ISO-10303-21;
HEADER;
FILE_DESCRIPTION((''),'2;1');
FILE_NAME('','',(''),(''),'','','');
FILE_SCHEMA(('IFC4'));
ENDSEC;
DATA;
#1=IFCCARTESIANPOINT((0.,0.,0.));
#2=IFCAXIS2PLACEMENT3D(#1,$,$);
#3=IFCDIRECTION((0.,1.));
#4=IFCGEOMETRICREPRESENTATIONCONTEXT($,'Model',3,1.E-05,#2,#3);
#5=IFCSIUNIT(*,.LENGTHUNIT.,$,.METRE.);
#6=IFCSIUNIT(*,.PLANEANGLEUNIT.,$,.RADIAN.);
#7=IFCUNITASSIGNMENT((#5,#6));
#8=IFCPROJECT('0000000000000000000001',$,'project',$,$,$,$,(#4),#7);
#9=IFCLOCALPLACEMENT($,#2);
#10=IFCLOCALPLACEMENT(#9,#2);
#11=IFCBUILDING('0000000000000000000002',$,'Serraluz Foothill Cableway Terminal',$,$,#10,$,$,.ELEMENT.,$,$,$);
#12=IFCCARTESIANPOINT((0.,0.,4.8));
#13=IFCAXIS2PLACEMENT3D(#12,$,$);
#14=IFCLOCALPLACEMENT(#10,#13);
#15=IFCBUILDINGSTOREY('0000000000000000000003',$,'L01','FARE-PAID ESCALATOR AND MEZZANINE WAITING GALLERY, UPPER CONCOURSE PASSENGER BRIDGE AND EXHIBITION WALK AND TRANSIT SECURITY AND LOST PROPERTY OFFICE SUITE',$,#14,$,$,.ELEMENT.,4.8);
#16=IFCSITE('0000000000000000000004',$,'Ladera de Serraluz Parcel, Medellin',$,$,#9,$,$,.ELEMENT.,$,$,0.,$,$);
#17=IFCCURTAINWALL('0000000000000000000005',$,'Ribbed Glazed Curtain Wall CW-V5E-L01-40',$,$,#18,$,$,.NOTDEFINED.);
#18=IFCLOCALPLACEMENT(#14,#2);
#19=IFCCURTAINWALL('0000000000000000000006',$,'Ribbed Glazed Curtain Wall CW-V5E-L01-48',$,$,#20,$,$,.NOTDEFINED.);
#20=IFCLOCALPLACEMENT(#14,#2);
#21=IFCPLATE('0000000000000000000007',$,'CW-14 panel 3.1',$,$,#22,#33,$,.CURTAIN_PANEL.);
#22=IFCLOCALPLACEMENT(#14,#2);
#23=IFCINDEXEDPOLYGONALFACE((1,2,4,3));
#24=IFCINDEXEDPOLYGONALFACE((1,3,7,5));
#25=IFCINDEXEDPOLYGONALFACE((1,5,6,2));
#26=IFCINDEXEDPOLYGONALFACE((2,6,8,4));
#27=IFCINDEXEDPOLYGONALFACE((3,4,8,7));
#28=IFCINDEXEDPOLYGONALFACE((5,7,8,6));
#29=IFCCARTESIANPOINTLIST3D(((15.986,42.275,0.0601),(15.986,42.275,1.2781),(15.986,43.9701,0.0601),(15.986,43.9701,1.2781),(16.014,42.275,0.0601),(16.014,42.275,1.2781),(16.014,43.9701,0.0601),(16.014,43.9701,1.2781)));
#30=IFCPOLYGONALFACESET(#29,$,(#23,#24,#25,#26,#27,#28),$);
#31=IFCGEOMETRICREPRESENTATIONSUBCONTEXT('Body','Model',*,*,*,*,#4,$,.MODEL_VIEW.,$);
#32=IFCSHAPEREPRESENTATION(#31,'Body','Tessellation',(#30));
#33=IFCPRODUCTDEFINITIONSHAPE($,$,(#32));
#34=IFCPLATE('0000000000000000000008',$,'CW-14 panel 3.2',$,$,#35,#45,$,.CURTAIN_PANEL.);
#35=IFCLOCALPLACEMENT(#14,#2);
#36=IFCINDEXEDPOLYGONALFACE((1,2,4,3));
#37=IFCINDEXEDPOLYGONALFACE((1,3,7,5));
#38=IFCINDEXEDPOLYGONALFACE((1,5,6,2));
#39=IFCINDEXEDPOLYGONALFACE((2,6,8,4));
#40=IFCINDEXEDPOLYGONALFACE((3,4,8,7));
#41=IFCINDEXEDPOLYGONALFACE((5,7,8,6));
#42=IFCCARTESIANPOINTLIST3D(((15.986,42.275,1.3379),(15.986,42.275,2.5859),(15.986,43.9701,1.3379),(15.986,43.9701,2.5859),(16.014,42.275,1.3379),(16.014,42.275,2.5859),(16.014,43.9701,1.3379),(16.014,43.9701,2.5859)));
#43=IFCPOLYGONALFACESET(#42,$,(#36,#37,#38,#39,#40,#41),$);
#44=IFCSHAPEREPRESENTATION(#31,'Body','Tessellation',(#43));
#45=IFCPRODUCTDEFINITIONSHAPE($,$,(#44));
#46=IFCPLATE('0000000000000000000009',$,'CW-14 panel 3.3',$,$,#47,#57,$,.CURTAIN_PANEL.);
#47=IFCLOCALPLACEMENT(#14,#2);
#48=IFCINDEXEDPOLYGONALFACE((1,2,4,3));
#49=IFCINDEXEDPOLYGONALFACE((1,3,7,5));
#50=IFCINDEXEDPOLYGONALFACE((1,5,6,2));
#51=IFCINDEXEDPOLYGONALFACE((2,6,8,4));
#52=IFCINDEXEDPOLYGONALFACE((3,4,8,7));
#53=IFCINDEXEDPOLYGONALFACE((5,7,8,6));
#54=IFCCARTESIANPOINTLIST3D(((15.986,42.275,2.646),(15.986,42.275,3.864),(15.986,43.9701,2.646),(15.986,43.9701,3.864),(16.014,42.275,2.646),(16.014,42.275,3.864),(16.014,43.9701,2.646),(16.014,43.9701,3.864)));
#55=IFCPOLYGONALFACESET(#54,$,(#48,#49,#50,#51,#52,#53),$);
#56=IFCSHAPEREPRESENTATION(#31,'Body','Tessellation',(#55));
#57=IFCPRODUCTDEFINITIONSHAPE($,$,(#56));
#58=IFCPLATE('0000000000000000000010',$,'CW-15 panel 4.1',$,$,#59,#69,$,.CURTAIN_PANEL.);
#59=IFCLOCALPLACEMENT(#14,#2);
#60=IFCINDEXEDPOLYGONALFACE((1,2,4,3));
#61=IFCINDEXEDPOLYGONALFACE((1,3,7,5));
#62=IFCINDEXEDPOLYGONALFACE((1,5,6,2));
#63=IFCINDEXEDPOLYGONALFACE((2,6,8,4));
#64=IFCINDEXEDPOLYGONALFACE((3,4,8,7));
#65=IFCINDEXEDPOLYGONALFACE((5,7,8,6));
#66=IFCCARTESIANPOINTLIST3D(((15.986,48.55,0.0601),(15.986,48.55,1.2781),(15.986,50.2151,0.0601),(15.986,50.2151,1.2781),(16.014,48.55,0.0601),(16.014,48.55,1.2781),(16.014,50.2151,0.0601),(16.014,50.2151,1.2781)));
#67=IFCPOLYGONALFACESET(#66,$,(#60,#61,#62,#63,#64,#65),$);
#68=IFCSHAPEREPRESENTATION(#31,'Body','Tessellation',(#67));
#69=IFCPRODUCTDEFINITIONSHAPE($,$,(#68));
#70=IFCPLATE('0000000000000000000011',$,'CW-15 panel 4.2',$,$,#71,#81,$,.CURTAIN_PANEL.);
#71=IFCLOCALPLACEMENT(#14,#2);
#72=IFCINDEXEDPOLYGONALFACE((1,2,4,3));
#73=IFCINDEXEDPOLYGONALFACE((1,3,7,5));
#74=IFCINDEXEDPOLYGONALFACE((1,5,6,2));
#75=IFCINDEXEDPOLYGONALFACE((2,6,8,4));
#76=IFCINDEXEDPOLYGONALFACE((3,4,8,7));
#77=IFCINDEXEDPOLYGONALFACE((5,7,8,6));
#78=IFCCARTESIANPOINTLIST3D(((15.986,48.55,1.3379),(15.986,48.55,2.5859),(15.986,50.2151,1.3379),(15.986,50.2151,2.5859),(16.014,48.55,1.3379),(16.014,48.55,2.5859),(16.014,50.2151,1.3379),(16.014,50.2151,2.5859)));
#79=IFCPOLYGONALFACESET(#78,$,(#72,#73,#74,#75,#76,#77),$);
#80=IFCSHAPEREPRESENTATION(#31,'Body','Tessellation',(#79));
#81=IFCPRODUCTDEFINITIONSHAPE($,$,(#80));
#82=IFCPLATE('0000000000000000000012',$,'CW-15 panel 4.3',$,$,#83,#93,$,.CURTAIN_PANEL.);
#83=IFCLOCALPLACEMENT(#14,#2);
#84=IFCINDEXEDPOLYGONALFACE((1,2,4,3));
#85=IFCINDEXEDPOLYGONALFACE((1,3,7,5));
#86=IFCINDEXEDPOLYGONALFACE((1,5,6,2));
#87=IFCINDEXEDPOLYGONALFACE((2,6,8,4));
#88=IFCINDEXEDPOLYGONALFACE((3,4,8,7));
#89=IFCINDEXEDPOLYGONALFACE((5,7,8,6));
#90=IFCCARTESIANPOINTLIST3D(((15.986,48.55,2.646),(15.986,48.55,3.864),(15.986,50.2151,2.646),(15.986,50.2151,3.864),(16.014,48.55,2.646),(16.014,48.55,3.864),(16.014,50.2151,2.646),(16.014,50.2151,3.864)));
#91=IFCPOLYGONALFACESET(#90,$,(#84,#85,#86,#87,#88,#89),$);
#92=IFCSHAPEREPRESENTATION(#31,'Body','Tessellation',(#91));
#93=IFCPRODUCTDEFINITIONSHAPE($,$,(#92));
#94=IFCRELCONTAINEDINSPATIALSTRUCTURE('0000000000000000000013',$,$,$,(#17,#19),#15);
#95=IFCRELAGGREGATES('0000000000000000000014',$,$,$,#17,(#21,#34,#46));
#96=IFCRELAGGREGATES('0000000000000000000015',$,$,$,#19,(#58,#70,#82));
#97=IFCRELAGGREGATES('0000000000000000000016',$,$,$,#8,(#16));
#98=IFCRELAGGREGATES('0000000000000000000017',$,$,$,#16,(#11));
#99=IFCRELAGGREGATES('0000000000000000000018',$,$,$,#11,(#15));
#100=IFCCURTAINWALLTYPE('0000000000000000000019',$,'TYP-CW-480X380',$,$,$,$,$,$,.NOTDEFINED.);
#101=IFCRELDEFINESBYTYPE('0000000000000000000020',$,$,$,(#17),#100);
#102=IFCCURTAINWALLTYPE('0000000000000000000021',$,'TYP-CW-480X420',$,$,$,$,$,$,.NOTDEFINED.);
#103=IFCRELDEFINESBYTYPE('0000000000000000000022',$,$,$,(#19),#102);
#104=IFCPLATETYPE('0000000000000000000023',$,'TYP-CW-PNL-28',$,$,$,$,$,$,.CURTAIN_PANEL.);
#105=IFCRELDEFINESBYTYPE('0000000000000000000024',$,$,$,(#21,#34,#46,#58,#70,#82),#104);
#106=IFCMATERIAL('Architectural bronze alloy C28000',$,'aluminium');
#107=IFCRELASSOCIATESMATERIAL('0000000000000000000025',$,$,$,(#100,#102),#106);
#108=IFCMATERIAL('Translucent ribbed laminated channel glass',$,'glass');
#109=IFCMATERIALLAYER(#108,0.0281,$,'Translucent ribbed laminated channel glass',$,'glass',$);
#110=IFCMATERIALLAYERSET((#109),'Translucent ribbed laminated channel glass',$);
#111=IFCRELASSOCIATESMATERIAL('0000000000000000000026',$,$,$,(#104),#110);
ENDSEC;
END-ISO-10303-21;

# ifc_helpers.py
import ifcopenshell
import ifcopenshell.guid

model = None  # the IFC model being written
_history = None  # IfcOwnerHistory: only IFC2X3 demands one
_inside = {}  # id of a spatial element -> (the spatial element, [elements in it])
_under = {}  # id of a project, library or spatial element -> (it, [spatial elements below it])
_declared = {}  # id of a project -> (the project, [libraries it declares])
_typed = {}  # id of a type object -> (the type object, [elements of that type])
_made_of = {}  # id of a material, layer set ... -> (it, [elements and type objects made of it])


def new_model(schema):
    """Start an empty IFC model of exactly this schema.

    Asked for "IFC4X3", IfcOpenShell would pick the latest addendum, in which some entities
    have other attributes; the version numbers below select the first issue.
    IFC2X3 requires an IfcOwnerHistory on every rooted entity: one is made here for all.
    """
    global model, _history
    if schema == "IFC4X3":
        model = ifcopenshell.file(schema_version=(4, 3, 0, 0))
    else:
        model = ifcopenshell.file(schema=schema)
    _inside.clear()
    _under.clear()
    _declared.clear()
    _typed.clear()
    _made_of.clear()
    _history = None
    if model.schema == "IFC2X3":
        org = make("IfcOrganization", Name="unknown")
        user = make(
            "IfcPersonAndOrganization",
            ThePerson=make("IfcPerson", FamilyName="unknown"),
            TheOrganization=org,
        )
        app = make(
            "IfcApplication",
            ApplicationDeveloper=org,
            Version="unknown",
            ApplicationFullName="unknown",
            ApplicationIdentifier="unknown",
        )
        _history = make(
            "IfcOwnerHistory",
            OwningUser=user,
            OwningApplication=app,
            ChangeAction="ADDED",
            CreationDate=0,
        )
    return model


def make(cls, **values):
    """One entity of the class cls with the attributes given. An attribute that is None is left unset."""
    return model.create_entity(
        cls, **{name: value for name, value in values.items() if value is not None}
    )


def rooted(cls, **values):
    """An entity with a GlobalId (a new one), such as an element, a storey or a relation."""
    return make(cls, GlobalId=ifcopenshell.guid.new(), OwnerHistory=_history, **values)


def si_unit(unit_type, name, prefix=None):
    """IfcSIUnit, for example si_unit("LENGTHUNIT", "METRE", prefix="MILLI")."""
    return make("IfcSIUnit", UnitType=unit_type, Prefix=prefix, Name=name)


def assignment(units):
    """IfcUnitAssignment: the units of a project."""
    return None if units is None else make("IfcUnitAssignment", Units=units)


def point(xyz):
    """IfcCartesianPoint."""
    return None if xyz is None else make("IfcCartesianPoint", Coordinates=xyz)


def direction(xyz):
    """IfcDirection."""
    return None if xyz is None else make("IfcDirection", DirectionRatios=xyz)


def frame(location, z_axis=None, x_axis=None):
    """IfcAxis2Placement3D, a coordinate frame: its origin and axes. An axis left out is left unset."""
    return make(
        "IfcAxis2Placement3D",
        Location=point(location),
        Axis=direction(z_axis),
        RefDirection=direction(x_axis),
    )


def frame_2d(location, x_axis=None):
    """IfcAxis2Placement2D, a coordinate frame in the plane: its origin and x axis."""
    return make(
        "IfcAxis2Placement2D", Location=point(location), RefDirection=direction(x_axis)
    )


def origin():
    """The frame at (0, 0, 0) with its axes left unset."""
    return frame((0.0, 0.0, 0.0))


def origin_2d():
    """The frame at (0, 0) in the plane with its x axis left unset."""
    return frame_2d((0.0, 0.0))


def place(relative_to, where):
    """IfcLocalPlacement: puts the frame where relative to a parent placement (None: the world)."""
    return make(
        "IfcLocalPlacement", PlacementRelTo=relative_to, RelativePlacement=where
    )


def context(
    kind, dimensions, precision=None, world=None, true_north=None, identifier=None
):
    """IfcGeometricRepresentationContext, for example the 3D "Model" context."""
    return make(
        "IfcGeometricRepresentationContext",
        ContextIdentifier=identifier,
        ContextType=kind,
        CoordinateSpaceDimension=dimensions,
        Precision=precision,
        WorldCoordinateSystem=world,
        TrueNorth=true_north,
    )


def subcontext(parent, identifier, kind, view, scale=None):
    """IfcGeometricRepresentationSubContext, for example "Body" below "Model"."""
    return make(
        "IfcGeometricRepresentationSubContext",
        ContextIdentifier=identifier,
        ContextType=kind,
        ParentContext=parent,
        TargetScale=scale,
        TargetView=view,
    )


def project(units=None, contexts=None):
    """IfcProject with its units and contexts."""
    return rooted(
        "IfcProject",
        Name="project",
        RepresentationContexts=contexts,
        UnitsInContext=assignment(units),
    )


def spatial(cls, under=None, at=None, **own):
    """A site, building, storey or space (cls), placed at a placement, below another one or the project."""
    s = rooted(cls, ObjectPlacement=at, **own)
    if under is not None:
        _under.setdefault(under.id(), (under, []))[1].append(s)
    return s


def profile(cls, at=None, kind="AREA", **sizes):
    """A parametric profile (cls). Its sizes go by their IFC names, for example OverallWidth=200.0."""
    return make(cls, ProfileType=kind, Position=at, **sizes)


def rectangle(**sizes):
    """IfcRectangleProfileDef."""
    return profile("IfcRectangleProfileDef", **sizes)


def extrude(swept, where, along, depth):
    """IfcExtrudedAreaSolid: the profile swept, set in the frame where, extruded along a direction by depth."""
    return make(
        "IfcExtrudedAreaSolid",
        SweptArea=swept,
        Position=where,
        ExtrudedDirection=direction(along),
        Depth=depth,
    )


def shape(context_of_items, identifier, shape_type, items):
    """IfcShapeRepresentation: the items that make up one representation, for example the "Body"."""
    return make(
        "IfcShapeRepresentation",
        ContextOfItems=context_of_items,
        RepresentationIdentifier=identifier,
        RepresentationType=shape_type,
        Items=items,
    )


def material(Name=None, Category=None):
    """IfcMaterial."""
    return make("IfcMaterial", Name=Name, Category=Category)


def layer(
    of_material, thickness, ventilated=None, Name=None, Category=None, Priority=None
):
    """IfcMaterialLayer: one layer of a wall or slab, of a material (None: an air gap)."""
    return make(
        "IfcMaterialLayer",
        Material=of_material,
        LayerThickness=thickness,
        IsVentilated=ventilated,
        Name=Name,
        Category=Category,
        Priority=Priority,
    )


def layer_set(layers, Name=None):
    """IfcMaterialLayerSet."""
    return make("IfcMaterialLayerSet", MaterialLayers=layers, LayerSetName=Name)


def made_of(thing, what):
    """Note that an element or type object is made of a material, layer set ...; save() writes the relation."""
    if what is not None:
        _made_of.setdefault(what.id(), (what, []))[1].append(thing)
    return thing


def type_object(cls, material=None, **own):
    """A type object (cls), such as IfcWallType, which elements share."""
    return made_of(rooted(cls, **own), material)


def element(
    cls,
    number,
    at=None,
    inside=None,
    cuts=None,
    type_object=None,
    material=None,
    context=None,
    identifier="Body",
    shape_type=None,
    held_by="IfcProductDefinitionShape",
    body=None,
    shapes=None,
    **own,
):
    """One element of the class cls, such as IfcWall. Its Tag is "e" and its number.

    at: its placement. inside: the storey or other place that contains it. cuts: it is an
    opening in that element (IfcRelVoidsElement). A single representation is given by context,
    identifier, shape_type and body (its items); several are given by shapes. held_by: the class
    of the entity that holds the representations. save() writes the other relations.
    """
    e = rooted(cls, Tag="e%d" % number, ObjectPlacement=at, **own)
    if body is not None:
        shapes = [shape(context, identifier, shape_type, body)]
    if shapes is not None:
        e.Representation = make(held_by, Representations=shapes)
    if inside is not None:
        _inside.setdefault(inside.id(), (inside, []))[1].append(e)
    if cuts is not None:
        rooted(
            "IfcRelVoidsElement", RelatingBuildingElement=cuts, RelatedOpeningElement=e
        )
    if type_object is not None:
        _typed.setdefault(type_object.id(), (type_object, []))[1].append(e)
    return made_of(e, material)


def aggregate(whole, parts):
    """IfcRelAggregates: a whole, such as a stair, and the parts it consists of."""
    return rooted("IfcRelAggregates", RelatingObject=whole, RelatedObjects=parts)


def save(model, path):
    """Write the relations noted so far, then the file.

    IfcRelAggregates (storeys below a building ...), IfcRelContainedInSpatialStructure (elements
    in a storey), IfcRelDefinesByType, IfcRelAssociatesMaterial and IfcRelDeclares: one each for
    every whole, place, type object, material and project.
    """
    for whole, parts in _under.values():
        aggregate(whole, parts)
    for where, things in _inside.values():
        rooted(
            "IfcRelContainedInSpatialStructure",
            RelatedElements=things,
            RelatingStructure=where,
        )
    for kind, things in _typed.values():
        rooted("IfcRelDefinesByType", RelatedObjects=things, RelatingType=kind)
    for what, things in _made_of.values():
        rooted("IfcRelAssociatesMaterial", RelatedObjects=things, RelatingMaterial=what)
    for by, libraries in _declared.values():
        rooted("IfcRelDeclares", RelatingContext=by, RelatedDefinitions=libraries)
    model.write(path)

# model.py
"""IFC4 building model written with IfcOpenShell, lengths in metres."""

from ifc_helpers import new_model, si_unit, direction, frame, origin, origin_2d, place, context, subcontext, project, spatial, rectangle, extrude, material, layer, layer_set, type_object, element, aggregate, save


model = new_model("IFC4")

# Units and contexts
model_context = context("Model", 3, precision=1e-05, world=origin(), true_north=direction((0.0, 1.0)))
body_context = subcontext(model_context, "Body", "Model", "MODEL_VIEW")
ifc_project = project(units=[si_unit("LENGTHUNIT", "METRE"), si_unit("PLANEANGLEUNIT", "RADIAN")], contexts=[model_context])

# Site, building, storey
site_placement = place(None, origin())
site = spatial("IfcSite", under=ifc_project, at=site_placement, Name="Ladera de Serraluz Parcel, Medellin", CompositionType="ELEMENT", RefElevation=0.0)
building_placement = place(site_placement, origin())
building = spatial("IfcBuilding", under=site, at=building_placement, Name="Serraluz Foothill Cableway Terminal", CompositionType="ELEMENT")
storey_placement = place(building_placement, frame((0.0, 0.0, 4.8)))
storey = spatial("IfcBuildingStorey", under=building, at=storey_placement, Name="L01", Description="FARE-PAID ESCALATOR AND MEZZANINE WAITING GALLERY, UPPER CONCOURSE PASSENGER BRIDGE AND EXHIBITION WALK AND TRANSIT SECURITY AND LOST PROPERTY OFFICE SUITE", CompositionType="ELEMENT", Elevation=4.8)

# Curtain wall
ifc_material_1 = material(Name="Architectural bronze alloy C28000", Category="aluminium")
curtain_wall_type_1 = type_object("IfcCurtainWallType", Name="TYP-CW-480X380", PredefinedType="NOTDEFINED", material=ifc_material_1)
curtain_wall_1_placement = place(storey_placement, origin())
curtain_wall_1 = element("IfcCurtainWall", 1, at=curtain_wall_1_placement, inside=storey, type_object=curtain_wall_type_1, Name="Ribbed Glazed Curtain Wall CW-V5E-L01-40", PredefinedType="NOTDEFINED")

# Curtain wall
curtain_wall_type_2 = type_object("IfcCurtainWallType", Name="TYP-CW-480X420", PredefinedType="NOTDEFINED", material=ifc_material_1)
curtain_wall_2_placement = place(storey_placement, origin())
curtain_wall_2 = element("IfcCurtainWall", 2, at=curtain_wall_2_placement, inside=storey, type_object=curtain_wall_type_2, Name="Ribbed Glazed Curtain Wall CW-V5E-L01-48", PredefinedType="NOTDEFINED")

# Plates
ifc_material_2 = material(Name="Translucent ribbed laminated channel glass", Category="glass")
ifc_layer = layer(ifc_material_2, 0.0281, Name="Translucent ribbed laminated channel glass", Category="glass")
ifc_layer_set = layer_set([ifc_layer], Name="Translucent ribbed laminated channel glass")
plate_type = type_object("IfcPlateType", Name="TYP-CW-PNL-28", PredefinedType="CURTAIN_PANEL", material=ifc_layer_set)
plate_1_placement = place(storey_placement, frame((16.0, 43.1226, 0.0601), z_axis=(0.0, 0.0, 1.0), x_axis=(0.0, -1.0, 0.0)))
plate_1 = element("IfcPlate", 3, at=plate_1_placement, type_object=plate_type, Name="CW-14 panel 3.1", PredefinedType="CURTAIN_PANEL", context=body_context, shape_type="SweptSolid", body=[
    extrude(rectangle(XDim=1.6951, YDim=0.0281, at=origin_2d()), origin(), (0.0, 0.0, 1.0), 1.218),
])
plate_2_placement = place(storey_placement, frame((16.0, 43.1226, 1.3379), z_axis=(0.0, 0.0, 1.0), x_axis=(0.0, -1.0, 0.0)))
plate_2 = element("IfcPlate", 4, at=plate_2_placement, type_object=plate_type, Name="CW-14 panel 3.2", PredefinedType="CURTAIN_PANEL", context=body_context, shape_type="SweptSolid", body=[
    extrude(rectangle(XDim=1.6951, YDim=0.0281, at=origin_2d()), origin(), (0.0, 0.0, 1.0), 1.248),
])
plate_3_placement = place(storey_placement, frame((16.0, 43.1226, 2.646), z_axis=(0.0, 0.0, 1.0), x_axis=(0.0, -1.0, 0.0)))
plate_3 = element("IfcPlate", 5, at=plate_3_placement, type_object=plate_type, Name="CW-14 panel 3.3", PredefinedType="CURTAIN_PANEL", context=body_context, shape_type="SweptSolid", body=[
    extrude(rectangle(XDim=1.6951, YDim=0.0281, at=origin_2d()), origin(), (0.0, 0.0, 1.0), 1.218),
])
aggregate(curtain_wall_1, [plate_1, plate_2, plate_3])
plate_4_placement = place(storey_placement, frame((16.0, 49.3826, 0.0601), z_axis=(0.0, 0.0, 1.0), x_axis=(0.0, -1.0, 0.0)))
plate_4 = element("IfcPlate", 6, at=plate_4_placement, type_object=plate_type, Name="CW-15 panel 4.1", PredefinedType="CURTAIN_PANEL", context=body_context, shape_type="SweptSolid", body=[
    extrude(rectangle(XDim=1.665, YDim=0.0281, at=origin_2d()), origin(), (0.0, 0.0, 1.0), 1.218),
])
plate_5_placement = place(storey_placement, frame((16.0, 49.3826, 1.3379), z_axis=(0.0, 0.0, 1.0), x_axis=(0.0, -1.0, 0.0)))
plate_5 = element("IfcPlate", 7, at=plate_5_placement, type_object=plate_type, Name="CW-15 panel 4.2", PredefinedType="CURTAIN_PANEL", context=body_context, shape_type="SweptSolid", body=[
    extrude(rectangle(XDim=1.665, YDim=0.0281, at=origin_2d()), origin(), (0.0, 0.0, 1.0), 1.248),
])
plate_6_placement = place(storey_placement, frame((16.0, 49.3826, 2.646), z_axis=(0.0, 0.0, 1.0), x_axis=(0.0, -1.0, 0.0)))
plate_6 = element("IfcPlate", 8, at=plate_6_placement, type_object=plate_type, Name="CW-15 panel 4.3", PredefinedType="CURTAIN_PANEL", context=body_context, shape_type="SweptSolid", body=[
    extrude(rectangle(XDim=1.665, YDim=0.0281, at=origin_2d()), origin(), (0.0, 0.0, 1.0), 1.218),
])
aggregate(curtain_wall_2, [plate_4, plate_5, plate_6])

save(model, "model.ifc")
